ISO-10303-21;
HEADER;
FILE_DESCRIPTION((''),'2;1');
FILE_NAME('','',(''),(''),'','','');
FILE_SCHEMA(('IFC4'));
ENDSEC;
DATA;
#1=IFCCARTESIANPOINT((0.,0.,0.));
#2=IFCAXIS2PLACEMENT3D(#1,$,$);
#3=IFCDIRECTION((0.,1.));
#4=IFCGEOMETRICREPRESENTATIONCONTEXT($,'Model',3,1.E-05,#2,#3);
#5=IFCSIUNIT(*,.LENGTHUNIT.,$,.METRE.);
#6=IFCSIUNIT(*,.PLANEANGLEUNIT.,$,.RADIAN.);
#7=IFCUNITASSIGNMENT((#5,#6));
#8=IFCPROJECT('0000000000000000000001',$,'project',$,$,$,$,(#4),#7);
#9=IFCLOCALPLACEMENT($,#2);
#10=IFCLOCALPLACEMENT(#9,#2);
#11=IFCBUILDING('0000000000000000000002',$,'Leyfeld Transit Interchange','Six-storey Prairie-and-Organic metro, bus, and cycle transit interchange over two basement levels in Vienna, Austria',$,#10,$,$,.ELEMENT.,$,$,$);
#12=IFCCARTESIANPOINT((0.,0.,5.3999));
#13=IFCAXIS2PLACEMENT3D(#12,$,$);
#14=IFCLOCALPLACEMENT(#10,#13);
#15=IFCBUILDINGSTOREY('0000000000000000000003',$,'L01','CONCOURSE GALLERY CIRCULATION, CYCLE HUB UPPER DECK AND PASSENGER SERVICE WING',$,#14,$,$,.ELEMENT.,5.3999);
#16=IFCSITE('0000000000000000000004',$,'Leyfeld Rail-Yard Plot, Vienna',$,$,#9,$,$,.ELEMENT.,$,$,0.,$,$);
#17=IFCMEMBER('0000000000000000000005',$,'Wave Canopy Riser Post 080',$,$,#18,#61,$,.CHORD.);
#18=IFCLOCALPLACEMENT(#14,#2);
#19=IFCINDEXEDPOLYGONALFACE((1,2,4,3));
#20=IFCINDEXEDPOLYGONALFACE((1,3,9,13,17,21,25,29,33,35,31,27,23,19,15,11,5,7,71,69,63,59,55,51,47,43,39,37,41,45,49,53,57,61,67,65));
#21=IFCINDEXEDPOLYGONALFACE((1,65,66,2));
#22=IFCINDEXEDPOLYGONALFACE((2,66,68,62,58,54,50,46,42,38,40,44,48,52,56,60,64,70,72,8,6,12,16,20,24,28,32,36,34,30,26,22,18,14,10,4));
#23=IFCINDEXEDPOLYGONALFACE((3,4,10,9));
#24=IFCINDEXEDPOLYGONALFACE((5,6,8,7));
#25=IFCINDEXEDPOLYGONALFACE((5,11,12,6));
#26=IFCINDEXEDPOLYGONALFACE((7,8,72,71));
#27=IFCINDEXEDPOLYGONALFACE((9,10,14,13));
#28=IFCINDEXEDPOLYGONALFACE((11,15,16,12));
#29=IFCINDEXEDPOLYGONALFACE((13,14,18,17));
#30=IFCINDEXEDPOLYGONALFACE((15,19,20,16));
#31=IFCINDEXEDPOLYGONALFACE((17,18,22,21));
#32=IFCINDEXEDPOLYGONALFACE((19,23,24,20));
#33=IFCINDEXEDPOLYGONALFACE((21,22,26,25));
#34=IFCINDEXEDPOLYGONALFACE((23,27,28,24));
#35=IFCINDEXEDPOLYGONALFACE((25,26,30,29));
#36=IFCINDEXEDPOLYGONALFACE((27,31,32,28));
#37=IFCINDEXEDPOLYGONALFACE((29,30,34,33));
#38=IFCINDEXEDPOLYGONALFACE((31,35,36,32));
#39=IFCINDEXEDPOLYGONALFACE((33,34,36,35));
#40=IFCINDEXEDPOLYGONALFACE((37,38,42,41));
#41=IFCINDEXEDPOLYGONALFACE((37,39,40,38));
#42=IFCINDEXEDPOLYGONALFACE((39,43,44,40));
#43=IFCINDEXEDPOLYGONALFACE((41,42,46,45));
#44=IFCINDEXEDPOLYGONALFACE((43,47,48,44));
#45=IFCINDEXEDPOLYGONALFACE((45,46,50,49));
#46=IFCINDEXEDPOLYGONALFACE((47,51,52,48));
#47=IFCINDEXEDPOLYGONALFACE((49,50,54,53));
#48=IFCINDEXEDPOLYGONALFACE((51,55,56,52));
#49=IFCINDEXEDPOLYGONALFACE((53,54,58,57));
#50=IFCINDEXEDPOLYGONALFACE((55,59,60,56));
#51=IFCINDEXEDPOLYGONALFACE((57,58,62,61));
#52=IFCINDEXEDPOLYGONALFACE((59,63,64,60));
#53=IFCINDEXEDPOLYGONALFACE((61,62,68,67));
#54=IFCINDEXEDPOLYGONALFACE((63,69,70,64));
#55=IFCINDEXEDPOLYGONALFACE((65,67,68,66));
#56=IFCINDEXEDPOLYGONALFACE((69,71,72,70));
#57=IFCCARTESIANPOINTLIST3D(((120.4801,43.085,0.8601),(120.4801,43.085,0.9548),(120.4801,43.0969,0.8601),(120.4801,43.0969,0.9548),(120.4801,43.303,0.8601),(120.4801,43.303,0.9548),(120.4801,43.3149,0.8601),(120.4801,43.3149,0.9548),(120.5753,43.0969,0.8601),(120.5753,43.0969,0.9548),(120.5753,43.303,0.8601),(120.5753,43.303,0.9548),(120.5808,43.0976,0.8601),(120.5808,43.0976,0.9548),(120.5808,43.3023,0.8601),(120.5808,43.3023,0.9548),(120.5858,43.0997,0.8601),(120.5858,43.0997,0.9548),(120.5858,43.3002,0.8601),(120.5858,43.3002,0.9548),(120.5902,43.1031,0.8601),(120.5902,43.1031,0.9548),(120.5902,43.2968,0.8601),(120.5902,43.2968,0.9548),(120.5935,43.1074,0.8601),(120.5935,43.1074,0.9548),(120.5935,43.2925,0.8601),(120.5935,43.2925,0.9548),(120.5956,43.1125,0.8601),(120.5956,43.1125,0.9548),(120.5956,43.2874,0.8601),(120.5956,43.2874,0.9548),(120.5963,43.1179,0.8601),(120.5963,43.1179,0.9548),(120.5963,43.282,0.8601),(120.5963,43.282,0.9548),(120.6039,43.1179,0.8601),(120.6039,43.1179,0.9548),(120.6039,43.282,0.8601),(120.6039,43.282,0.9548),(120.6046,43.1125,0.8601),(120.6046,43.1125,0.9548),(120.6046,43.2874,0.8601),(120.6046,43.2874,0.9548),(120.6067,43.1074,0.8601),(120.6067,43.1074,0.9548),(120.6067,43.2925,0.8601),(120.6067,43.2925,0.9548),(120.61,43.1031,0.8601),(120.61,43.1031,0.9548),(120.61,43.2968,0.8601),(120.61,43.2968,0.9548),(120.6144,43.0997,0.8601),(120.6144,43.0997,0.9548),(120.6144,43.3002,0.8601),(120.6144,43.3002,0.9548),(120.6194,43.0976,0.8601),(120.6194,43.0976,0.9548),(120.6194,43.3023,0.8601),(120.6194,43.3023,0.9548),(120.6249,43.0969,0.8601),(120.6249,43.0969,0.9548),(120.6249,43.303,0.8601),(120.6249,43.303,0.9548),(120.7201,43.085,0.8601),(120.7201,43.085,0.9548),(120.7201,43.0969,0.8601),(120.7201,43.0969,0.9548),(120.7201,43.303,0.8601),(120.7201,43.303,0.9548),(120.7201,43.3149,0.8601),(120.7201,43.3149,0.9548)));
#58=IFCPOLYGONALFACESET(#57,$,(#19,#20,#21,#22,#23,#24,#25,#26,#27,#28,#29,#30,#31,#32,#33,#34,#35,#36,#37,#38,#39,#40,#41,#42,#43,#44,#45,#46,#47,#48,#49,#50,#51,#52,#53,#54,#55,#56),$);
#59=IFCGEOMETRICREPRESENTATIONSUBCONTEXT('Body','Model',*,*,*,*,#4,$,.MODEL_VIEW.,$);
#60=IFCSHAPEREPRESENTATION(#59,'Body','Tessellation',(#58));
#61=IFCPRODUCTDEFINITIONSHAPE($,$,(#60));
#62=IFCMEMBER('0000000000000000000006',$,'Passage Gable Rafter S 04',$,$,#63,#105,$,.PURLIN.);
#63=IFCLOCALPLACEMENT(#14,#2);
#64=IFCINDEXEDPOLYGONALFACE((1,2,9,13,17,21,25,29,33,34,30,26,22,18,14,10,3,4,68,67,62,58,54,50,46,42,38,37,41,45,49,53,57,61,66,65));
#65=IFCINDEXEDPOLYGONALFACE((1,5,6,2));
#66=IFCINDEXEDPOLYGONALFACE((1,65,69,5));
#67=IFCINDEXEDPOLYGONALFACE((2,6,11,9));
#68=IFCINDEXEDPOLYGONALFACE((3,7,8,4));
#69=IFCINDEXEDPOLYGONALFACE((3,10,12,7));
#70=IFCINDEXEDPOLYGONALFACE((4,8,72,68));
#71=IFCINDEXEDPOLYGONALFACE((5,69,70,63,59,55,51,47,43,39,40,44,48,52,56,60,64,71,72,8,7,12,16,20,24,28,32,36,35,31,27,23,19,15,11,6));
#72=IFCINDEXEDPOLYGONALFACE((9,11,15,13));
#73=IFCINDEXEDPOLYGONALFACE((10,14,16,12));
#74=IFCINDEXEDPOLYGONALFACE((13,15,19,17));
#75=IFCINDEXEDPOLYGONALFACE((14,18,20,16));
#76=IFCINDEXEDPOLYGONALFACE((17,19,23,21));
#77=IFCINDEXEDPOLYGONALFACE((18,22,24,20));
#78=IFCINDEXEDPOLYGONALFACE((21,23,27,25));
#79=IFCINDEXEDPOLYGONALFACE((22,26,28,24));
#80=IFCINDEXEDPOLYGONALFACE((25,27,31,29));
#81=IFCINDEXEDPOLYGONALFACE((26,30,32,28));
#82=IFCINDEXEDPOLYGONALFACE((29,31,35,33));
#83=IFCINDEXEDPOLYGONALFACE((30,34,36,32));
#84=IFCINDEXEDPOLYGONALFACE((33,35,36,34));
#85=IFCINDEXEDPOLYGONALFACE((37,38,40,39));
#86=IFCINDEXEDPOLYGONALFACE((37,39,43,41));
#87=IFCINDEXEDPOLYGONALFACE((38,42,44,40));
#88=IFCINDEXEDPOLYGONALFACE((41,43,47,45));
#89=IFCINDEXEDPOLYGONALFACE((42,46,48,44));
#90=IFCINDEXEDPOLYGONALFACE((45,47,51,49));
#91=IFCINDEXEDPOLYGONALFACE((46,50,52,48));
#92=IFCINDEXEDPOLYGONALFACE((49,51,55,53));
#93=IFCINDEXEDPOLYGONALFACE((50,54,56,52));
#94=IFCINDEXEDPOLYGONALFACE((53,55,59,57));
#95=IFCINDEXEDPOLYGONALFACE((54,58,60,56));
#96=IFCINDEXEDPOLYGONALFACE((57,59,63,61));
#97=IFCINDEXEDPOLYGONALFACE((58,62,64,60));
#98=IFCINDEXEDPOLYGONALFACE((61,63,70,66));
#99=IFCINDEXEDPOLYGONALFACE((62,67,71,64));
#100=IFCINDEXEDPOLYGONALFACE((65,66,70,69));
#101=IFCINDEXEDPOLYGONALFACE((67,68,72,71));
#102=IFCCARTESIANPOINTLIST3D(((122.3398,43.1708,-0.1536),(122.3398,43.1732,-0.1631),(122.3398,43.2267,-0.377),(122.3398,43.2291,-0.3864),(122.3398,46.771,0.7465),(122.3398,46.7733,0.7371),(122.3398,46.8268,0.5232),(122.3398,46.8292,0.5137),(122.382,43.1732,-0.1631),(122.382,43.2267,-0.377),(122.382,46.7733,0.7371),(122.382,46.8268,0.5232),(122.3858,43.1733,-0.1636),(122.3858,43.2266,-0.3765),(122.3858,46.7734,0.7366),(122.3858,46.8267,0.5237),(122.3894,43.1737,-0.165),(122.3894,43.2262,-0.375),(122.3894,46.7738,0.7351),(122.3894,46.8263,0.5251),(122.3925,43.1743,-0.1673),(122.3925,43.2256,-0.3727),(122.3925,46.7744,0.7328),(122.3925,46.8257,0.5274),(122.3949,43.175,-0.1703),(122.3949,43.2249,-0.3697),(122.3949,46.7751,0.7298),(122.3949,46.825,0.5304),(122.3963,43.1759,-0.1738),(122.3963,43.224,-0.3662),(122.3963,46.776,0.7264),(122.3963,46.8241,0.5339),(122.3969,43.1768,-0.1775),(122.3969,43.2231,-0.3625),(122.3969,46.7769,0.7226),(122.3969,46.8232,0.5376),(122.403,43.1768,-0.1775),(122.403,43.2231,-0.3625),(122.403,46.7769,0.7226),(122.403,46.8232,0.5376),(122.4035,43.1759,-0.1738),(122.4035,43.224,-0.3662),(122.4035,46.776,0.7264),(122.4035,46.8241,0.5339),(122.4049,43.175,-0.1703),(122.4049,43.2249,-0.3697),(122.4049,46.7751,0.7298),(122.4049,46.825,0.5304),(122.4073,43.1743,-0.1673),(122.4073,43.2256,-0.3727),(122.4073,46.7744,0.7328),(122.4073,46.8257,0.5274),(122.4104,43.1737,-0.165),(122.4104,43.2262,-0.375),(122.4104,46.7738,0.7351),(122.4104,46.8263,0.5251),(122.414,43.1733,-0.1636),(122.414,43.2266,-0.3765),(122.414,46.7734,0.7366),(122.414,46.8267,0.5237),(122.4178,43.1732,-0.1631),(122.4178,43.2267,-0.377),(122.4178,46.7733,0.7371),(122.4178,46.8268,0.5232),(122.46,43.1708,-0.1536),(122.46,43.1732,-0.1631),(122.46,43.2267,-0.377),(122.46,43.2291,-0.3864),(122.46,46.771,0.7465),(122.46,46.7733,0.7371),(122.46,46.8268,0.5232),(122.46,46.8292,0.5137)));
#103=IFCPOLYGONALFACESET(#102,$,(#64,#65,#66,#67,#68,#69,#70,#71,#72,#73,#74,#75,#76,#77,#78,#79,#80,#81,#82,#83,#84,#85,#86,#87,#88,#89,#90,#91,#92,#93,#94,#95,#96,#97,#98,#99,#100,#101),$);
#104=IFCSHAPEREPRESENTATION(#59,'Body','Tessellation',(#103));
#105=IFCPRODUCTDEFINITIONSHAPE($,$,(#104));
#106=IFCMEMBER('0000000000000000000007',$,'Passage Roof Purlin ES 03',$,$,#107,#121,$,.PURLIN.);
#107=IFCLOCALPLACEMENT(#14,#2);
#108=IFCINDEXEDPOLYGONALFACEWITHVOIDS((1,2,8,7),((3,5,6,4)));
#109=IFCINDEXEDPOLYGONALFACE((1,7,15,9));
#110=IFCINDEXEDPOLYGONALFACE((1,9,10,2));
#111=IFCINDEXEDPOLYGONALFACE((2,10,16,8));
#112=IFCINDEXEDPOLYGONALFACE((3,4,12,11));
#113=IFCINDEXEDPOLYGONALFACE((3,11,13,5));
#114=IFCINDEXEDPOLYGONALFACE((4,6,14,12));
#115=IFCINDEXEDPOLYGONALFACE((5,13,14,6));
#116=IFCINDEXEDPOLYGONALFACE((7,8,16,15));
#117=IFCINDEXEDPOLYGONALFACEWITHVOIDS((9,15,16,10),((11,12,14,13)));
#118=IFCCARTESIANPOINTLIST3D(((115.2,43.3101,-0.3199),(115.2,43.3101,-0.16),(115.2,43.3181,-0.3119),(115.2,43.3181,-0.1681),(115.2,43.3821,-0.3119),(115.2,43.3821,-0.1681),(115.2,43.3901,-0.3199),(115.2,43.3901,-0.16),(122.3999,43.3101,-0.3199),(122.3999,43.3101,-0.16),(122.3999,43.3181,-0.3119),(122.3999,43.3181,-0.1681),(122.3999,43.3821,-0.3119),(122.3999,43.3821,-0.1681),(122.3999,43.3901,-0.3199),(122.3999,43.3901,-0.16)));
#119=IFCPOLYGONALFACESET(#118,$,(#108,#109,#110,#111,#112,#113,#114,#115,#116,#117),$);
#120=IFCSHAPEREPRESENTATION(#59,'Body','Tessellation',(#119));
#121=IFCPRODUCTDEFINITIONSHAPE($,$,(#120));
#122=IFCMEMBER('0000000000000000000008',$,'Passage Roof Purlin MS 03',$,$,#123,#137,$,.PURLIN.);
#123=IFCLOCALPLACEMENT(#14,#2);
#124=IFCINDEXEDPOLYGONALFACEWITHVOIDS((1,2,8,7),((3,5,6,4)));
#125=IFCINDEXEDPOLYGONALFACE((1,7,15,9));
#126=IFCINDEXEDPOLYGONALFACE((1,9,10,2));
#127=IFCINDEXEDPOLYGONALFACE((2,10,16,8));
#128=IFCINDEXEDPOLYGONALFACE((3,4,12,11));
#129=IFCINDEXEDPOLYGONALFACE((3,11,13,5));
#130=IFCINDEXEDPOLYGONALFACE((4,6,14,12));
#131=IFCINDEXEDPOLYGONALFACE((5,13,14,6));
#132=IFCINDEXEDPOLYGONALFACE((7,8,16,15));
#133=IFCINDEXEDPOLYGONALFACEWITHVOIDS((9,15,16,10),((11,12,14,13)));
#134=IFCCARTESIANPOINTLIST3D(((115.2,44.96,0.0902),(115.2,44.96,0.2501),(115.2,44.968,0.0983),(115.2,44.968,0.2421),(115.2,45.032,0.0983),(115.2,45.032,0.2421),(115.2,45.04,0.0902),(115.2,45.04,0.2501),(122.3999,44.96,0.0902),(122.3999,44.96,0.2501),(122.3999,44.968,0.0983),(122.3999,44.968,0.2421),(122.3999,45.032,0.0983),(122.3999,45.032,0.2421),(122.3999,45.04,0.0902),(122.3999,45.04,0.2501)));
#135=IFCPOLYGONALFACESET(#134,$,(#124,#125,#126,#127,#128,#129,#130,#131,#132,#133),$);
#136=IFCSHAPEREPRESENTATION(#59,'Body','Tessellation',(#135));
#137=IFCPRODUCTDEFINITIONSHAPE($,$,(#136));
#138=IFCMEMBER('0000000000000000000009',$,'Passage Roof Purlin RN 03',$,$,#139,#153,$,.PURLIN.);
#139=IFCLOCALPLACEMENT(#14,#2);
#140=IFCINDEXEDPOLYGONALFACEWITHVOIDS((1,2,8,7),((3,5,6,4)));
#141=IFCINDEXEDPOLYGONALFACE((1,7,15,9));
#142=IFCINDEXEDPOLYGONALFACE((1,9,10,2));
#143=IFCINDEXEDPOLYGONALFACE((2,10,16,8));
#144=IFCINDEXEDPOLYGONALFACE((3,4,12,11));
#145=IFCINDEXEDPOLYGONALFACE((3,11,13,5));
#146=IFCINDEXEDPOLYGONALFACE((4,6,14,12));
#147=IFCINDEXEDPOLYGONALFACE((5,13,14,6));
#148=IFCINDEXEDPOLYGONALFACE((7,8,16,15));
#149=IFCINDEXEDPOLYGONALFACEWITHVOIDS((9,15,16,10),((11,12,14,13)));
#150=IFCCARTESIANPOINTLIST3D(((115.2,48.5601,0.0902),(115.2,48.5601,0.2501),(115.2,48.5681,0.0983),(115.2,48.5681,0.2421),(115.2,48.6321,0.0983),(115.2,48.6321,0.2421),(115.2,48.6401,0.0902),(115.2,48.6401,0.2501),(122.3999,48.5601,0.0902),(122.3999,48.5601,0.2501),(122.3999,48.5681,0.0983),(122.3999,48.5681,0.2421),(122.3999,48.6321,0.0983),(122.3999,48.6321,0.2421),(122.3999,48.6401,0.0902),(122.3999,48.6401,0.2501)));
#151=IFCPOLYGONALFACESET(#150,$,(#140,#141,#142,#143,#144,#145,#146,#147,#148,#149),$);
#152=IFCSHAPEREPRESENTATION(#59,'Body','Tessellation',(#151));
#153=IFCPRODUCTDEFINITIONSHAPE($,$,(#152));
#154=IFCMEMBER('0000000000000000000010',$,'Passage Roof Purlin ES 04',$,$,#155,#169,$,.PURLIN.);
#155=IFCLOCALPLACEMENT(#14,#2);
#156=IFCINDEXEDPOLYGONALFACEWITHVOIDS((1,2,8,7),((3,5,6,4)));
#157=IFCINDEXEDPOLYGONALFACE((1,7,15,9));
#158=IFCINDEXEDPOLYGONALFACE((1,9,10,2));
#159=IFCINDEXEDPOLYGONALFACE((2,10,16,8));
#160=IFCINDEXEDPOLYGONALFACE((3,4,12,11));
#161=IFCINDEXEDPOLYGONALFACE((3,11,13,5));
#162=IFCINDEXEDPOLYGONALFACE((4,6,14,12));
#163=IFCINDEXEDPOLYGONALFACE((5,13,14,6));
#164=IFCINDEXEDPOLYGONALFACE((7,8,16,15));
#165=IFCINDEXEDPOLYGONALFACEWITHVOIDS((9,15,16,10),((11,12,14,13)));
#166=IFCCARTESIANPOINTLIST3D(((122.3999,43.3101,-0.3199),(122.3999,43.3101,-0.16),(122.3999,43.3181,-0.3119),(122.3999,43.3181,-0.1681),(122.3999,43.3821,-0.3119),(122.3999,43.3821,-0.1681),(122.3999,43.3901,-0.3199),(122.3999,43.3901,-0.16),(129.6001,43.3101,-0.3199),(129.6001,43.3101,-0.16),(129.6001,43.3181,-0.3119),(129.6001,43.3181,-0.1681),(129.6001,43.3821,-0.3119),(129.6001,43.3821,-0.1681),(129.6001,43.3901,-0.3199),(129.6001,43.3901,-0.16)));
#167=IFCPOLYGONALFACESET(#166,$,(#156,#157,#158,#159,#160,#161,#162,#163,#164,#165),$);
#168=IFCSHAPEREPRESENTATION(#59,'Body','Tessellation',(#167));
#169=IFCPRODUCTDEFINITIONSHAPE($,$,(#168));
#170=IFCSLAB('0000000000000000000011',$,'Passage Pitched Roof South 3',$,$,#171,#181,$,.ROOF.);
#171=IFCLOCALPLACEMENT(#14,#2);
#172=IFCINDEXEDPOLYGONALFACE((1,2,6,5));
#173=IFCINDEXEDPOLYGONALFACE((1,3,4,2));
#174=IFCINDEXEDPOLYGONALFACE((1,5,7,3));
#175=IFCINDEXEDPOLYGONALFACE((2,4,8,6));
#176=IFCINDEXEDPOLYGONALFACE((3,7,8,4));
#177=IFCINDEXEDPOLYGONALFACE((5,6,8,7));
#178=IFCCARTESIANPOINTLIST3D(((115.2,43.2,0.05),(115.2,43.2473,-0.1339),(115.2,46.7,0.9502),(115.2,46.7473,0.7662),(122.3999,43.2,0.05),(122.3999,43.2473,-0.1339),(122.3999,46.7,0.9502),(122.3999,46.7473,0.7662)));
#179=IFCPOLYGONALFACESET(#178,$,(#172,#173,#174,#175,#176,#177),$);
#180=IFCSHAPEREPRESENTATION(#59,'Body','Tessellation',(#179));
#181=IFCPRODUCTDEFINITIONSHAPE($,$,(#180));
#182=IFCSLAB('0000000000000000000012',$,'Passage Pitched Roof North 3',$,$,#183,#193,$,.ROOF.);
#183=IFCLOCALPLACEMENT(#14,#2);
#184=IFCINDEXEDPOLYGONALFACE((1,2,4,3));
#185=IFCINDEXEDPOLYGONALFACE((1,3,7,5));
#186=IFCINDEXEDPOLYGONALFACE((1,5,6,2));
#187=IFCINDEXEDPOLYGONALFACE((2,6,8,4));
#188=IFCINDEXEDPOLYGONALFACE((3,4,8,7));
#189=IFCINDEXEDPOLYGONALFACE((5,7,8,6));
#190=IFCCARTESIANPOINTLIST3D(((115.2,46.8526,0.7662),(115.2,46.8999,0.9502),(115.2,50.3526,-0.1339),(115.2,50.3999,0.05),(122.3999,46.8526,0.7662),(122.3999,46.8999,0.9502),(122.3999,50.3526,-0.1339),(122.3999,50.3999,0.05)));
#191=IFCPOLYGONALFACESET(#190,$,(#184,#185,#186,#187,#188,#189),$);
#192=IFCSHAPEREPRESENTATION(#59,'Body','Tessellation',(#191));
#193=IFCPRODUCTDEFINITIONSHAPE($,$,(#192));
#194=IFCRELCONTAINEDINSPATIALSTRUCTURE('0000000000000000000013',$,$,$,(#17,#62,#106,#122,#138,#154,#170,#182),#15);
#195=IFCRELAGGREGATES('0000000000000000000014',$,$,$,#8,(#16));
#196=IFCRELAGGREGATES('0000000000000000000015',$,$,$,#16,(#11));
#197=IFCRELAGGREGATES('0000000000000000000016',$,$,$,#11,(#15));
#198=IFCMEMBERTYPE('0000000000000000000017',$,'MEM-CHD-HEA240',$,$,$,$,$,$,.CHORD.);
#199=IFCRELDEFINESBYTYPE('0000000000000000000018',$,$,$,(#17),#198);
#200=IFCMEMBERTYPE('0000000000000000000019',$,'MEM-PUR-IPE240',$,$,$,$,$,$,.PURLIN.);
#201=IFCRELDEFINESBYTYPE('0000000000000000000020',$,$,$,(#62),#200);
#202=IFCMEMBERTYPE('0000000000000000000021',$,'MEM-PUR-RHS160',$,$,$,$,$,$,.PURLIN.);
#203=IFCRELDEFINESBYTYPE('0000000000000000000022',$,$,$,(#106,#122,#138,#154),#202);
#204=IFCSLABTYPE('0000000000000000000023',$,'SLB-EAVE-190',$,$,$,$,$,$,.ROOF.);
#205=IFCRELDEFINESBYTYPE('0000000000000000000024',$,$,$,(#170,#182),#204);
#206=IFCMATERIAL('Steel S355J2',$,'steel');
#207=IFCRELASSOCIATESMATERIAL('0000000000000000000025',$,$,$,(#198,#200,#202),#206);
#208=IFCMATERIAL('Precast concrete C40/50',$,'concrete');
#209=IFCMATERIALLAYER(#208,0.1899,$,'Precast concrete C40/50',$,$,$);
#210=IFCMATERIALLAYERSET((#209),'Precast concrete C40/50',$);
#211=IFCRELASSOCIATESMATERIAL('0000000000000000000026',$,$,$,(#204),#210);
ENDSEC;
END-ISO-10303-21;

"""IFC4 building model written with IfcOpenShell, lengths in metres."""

from ifc_helpers import new_model, si_unit, direction, frame, origin, origin_2d, place, context, subcontext, project, spatial, polyline, hollow_rectangle, i_section, outline, extrude, material, layer, layer_set, material_profile, profile_set, type_object, element, save


model = new_model("IFC4")

# Units and contexts
model_context = context("Model", 3, precision=1e-05, world=origin(), true_north=direction((0.0, 1.0)))
body_context = subcontext(model_context, "Body", "Model", "MODEL_VIEW")
ifc_project = project(units=[si_unit("LENGTHUNIT", "METRE"), si_unit("PLANEANGLEUNIT", "RADIAN")], contexts=[model_context])

# Site, building, storey
site_placement = place(None, origin())
site = spatial("IfcSite", under=ifc_project, at=site_placement, Name="Leyfeld Rail-Yard Plot, Vienna", CompositionType="ELEMENT", RefElevation=0.0)
building_placement = place(site_placement, origin())
building = spatial("IfcBuilding", under=site, at=building_placement, Name="Leyfeld Transit Interchange", Description="Six-storey Prairie-and-Organic metro, bus, and cycle transit interchange over two basement levels in Vienna, Austria", CompositionType="ELEMENT")
storey_placement = place(building_placement, frame((0.0, 0.0, 5.3999)))
storey = spatial("IfcBuildingStorey", under=building, at=storey_placement, Name="L01", Description="CONCOURSE GALLERY CIRCULATION, CYCLE HUB UPPER DECK AND PASSENGER SERVICE WING", CompositionType="ELEMENT", Elevation=5.3999)

# Shared definitions
ifc_material_1 = material(Name="Steel S355J2", Category="steel")

# Members
ifc_material_profile_1 = material_profile(ifc_material_1, i_section(OverallWidth=0.24, OverallDepth=0.23, WebThickness=0.0076, FlangeThickness=0.012, FilletRadius=0.021, at=origin_2d()), Name="HEA 240")
ifc_profile_set_1 = profile_set([ifc_material_profile_1], Name="Steel S355J2")
member_type_1 = type_object("IfcMemberType", Name="MEM-CHD-HEA240", PredefinedType="CHORD", material=ifc_profile_set_1)
member_1_placement = place(storey_placement, frame((120.6001, 43.2, 0.8601), z_axis=(0.0, 0.0, 1.0), x_axis=(1.0, 0.0, 0.0)))
element("IfcMember", 1, at=member_1_placement, inside=storey, type_object=member_type_1, Name="Wave Canopy Riser Post 080", PredefinedType="CHORD", context=body_context, shape_type="SweptSolid", body=[
    extrude(i_section(OverallWidth=0.24, OverallDepth=0.23, WebThickness=0.0076, FlangeThickness=0.012, FilletRadius=0.021, at=origin_2d()), origin(), (0.0, 0.0, 1.0), 0.0947),
])
ifc_material_profile_2 = material_profile(ifc_material_1, i_section(OverallWidth=0.1201, OverallDepth=0.24, WebThickness=0.0061, FlangeThickness=0.0098, FilletRadius=0.0149, at=origin_2d()), Name="IPE 240")
ifc_profile_set_2 = profile_set([ifc_material_profile_2], Name="Steel S355J2")
member_type_2 = type_object("IfcMemberType", Name="MEM-PUR-IPE240", PredefinedType="PURLIN", material=ifc_profile_set_2)
member_2_placement = place(storey_placement, frame((122.3999, 43.2, -0.27), z_axis=(0.0, 0.970135, 0.242567), x_axis=(-1.0, 0.0, 0.0)))
element("IfcMember", 2, at=member_2_placement, inside=storey, type_object=member_type_2, Name="Passage Gable Rafter S 04", PredefinedType="PURLIN", context=body_context, shape_type="SweptSolid", body=[
    extrude(i_section(OverallWidth=0.1201, OverallDepth=0.24, WebThickness=0.0061, FlangeThickness=0.0098, FilletRadius=0.0149, at=origin_2d()), origin(), (0.0, 0.0, 1.0), 3.7109),
])
ifc_material_profile_3 = material_profile(ifc_material_1, hollow_rectangle(XDim=0.0801, YDim=0.1599, WallThickness=0.0081, at=origin_2d()), Name="RHS 160x80x8")
ifc_profile_set_3 = profile_set([ifc_material_profile_3], Name="Steel S355J2")
member_type_3 = type_object("IfcMemberType", Name="MEM-PUR-RHS160", PredefinedType="PURLIN", material=ifc_profile_set_3)
for number, where, z_axis, x_axis, name in (
    (3, (115.2, 43.3501, -0.24), (1.0, 0.0, 0.0), (0.0, 1.0, 0.0), "Passage Roof Purlin ES 03"),
    (4, (115.2, 45.0, 0.1702), (1.0, 0.0, 0.0), (0.0, 1.0, 0.0), "Passage Roof Purlin MS 03"),
    (5, (115.2, 48.6001, 0.1702), (1.0, 0.0, 0.0), (0.0, 1.0, 0.0), "Passage Roof Purlin RN 03"),
):
    element("IfcMember", number, at=place(storey_placement, frame(where, z_axis=z_axis, x_axis=x_axis)), inside=storey, type_object=member_type_3, Name=name, PredefinedType="PURLIN", context=body_context, shape_type="SweptSolid", body=[
        extrude(hollow_rectangle(XDim=0.0801, YDim=0.1599, WallThickness=0.0081, at=origin_2d()), origin(), (0.0, 0.0, 1.0), 7.2),
    ])
member_3_placement = place(storey_placement, frame((122.3999, 43.3501, -0.24), z_axis=(1.0, 0.0, 0.0), x_axis=(0.0, 1.0, 0.0)))
element("IfcMember", 6, at=member_3_placement, inside=storey, type_object=member_type_3, Name="Passage Roof Purlin ES 04", PredefinedType="PURLIN", context=body_context, shape_type="SweptSolid", body=[
    extrude(hollow_rectangle(XDim=0.0801, YDim=0.1599, WallThickness=0.0081, at=origin_2d()), origin(), (0.0, 0.0, 1.0), 7.2002),
])

# Slabs
ifc_material_2 = material(Name="Precast concrete C40/50", Category="concrete")
ifc_layer = layer(ifc_material_2, 0.1899, Name="Precast concrete C40/50")
ifc_layer_set = layer_set([ifc_layer], Name="Precast concrete C40/50")
slab_type = type_object("IfcSlabType", Name="SLB-EAVE-190", PredefinedType="ROOF", material=ifc_layer_set)
for number, where, z_axis, x_axis, name in (
    (7, (115.2, 43.2, 0.05), (0.0, -0.249079, 0.968483), (1.0, 0.0, 0.0), "Passage Pitched Roof South 3"),
    (8, (115.2, 46.8999, 0.9502), (0.0, 0.249079, 0.968483), (1.0, 0.0, 0.0), "Passage Pitched Roof North 3"),
):
    element("IfcSlab", number, at=place(storey_placement, frame(where, z_axis=z_axis, x_axis=x_axis)), inside=storey, type_object=slab_type, Name=name, PredefinedType="ROOF", context=body_context, shape_type="SweptSolid", body=[
        extrude(outline(polyline([(0.0, 0.0), (7.2, 0.0), (7.2, 3.6139), (0.0, 3.6139), (0.0, 0.0)])), origin(), (0.0, 0.0, -1.0), 0.1899),
    ])

save(model, "model.ifc")
